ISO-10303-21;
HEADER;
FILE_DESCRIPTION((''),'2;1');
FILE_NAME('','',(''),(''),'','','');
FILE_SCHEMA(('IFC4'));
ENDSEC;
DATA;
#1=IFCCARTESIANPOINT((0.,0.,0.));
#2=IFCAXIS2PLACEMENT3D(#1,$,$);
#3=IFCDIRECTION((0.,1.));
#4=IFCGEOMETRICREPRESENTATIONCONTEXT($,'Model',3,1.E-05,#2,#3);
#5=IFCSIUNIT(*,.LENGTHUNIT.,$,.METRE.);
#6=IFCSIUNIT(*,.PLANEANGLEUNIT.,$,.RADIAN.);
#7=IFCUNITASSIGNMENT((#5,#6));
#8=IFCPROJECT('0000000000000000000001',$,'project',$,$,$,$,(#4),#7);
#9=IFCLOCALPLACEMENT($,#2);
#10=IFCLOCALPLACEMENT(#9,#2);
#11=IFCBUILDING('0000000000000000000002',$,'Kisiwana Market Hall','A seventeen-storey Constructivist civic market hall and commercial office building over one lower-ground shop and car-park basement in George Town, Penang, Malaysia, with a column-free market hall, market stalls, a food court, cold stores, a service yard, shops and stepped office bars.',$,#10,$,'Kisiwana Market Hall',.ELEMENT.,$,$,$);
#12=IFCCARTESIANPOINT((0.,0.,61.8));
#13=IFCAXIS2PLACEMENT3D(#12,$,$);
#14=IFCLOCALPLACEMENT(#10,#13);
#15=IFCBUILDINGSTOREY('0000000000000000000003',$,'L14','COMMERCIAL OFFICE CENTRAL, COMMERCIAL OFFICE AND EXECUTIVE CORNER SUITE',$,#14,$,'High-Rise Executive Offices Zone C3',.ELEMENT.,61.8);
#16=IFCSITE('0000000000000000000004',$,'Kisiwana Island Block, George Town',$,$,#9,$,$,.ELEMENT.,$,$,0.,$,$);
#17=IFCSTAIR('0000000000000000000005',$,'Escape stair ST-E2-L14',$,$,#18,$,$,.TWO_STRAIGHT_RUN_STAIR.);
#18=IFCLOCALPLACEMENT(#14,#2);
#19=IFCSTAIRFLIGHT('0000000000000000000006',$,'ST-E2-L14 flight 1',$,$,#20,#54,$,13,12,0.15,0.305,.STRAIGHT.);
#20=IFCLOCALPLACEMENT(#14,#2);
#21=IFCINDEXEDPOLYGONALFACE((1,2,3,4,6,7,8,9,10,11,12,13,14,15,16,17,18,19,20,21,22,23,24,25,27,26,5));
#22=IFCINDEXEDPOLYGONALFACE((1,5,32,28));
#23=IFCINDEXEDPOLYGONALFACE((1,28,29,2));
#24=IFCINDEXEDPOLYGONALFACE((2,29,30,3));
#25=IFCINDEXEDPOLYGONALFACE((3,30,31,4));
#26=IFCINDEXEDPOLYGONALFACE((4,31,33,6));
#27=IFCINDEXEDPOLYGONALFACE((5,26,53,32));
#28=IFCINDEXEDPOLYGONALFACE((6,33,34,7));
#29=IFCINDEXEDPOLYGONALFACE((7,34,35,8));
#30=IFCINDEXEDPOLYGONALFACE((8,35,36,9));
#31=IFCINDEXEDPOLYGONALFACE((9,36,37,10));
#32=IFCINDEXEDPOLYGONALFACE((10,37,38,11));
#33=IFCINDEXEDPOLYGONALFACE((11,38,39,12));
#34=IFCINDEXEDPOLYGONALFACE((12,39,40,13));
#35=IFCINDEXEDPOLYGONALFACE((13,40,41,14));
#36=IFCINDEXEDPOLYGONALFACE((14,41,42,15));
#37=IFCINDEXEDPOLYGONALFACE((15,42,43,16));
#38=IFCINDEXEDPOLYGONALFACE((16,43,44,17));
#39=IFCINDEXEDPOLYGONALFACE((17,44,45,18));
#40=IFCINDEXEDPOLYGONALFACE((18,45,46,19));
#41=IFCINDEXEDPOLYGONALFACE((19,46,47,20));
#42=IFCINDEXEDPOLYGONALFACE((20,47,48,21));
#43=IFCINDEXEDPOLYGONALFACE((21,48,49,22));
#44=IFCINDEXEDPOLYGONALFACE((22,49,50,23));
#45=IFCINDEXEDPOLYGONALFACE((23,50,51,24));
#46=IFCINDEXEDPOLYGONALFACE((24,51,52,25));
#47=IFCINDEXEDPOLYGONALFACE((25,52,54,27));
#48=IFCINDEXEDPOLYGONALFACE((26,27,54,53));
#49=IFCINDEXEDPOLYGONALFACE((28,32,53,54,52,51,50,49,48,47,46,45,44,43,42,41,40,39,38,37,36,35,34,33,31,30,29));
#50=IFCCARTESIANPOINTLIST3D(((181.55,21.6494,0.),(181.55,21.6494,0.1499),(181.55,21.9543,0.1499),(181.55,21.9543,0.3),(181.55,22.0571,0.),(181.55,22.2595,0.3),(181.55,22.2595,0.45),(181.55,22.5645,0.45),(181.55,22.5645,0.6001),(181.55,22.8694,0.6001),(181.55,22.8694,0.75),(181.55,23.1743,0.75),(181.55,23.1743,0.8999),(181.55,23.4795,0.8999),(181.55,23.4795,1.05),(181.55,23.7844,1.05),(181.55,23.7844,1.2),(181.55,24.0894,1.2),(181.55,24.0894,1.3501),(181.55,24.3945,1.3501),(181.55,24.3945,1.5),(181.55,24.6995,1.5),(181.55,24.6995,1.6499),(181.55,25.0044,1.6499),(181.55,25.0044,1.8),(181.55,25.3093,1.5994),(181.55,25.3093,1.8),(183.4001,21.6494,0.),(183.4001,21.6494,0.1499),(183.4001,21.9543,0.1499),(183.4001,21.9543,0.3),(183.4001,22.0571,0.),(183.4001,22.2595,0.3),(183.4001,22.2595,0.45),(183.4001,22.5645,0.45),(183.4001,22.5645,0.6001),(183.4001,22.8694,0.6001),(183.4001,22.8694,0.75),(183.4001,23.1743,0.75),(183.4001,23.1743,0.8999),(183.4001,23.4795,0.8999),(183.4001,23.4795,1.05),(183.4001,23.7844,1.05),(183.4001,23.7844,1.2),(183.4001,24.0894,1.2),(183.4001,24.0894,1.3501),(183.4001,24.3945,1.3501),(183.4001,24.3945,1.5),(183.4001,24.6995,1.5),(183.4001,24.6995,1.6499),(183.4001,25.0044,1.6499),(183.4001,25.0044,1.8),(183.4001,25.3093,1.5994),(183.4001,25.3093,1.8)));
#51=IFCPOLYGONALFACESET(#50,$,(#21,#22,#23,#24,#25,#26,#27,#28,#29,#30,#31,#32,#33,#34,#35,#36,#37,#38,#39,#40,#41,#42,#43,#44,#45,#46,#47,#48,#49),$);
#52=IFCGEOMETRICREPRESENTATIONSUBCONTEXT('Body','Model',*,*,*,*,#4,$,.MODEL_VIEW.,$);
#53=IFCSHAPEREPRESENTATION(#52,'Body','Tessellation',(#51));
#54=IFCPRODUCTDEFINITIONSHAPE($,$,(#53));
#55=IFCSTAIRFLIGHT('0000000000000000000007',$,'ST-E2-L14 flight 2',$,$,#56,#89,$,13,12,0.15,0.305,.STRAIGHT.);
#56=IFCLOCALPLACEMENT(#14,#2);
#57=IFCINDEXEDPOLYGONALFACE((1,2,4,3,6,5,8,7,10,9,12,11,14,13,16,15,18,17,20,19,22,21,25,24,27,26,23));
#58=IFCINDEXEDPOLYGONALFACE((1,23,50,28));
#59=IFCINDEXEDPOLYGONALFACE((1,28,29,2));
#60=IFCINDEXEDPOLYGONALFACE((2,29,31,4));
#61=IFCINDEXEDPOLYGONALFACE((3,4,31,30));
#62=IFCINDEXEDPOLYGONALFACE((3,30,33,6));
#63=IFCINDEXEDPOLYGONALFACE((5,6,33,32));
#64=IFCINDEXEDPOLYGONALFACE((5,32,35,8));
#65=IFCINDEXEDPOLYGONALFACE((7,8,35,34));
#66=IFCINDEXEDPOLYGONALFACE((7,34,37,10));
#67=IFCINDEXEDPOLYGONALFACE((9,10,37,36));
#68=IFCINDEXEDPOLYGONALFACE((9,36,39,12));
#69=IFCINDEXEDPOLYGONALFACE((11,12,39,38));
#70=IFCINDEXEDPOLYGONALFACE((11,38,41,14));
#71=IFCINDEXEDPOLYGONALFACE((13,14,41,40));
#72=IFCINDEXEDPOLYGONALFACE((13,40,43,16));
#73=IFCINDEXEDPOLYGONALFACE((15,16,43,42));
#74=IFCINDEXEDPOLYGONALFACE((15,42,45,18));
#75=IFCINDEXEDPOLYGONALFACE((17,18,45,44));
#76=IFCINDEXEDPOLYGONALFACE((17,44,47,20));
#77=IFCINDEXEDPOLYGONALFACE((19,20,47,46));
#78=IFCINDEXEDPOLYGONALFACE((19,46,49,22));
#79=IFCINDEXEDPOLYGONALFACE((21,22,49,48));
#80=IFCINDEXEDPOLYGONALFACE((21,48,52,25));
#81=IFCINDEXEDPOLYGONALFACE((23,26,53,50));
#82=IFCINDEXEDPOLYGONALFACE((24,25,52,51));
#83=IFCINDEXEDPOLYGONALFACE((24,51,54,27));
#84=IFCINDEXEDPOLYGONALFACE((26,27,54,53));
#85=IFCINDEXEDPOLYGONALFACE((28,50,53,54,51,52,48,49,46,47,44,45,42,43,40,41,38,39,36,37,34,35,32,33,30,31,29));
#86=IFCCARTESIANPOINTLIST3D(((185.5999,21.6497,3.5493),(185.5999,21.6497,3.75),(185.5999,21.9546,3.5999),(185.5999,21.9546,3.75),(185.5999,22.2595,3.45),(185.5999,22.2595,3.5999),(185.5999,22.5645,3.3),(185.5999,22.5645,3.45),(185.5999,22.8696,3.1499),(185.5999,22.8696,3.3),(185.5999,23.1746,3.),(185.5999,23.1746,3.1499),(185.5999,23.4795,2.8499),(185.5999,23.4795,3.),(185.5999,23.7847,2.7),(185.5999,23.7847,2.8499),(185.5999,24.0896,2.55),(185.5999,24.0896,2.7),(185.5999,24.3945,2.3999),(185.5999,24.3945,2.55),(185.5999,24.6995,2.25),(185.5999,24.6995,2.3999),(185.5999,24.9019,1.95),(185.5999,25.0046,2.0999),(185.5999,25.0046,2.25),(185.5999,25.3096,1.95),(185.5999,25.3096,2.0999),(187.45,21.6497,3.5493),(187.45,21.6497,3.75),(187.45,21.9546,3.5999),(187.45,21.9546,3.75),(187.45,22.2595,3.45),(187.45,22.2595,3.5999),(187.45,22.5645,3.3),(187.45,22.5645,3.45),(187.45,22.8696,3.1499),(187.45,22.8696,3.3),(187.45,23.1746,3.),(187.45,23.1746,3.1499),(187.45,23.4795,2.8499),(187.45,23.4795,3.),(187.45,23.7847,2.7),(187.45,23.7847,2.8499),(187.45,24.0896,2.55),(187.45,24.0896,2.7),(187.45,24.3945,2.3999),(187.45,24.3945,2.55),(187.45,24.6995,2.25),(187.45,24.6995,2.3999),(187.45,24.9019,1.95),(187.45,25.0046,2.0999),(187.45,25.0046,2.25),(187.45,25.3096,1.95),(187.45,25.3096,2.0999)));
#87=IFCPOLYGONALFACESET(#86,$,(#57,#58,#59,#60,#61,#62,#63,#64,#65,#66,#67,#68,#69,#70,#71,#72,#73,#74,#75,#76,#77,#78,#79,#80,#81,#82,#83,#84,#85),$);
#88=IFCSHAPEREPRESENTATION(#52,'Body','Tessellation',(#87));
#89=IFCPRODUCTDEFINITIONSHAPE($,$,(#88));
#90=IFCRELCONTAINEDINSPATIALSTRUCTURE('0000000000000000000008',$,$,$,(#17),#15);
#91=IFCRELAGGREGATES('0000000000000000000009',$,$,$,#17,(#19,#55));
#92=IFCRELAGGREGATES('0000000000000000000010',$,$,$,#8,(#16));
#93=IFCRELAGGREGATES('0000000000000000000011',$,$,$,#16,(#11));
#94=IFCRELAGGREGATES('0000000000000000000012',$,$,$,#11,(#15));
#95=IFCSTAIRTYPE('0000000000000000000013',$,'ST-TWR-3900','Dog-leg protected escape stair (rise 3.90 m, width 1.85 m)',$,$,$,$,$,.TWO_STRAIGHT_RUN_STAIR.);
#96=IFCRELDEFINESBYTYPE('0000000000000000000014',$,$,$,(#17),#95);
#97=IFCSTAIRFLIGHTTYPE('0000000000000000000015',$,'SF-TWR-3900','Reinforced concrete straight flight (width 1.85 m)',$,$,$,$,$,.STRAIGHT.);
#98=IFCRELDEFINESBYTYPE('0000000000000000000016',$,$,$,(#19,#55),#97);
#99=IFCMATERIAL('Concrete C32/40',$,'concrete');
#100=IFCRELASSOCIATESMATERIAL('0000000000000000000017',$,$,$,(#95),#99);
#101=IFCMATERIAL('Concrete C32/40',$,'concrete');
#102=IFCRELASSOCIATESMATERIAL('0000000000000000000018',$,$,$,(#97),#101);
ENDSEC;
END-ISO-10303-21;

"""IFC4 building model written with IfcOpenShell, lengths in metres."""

from ifc_helpers import new_model, si_unit, direction, frame, origin, place, context, subcontext, project, spatial, polyline, outline, extrude, material, type_object, element, aggregate, save


model = new_model("IFC4")

# Units and contexts
model_context = context("Model", 3, precision=1e-05, world=origin(), true_north=direction((0.0, 1.0)))
body_context = subcontext(model_context, "Body", "Model", "MODEL_VIEW")
ifc_project = project(units=[si_unit("LENGTHUNIT", "METRE"), si_unit("PLANEANGLEUNIT", "RADIAN")], contexts=[model_context])

# Site, building, storey
site_placement = place(None, origin())
site = spatial("IfcSite", under=ifc_project, at=site_placement, Name="Kisiwana Island Block, George Town", CompositionType="ELEMENT", RefElevation=0.0)
building_placement = place(site_placement, origin())
building = spatial("IfcBuilding", under=site, at=building_placement, Name="Kisiwana Market Hall", Description="A seventeen-storey Constructivist civic market hall and commercial office building over one lower-ground shop and car-park basement in George Town, Penang, Malaysia, with a column-free market hall, market stalls, a food court, cold stores, a service yard, shops and stepped office bars.", LongName="Kisiwana Market Hall", CompositionType="ELEMENT")
storey_placement = place(building_placement, frame((0.0, 0.0, 61.8)))
storey = spatial("IfcBuildingStorey", under=building, at=storey_placement, Name="L14", Description="COMMERCIAL OFFICE CENTRAL, COMMERCIAL OFFICE AND EXECUTIVE CORNER SUITE", LongName="High-Rise Executive Offices Zone C3", CompositionType="ELEMENT", Elevation=61.8)

# Stair, stair flights
ifc_material_1 = material(Name="Concrete C32/40", Category="concrete")
stair_type = type_object("IfcStairType", Name="ST-TWR-3900", Description="Dog-leg protected escape stair (rise 3.90 m, width 1.85 m)", PredefinedType="TWO_STRAIGHT_RUN_STAIR", material=ifc_material_1)
stair_placement = place(storey_placement, origin())
stair = element("IfcStair", 1, at=stair_placement, inside=storey, type_object=stair_type, Name="Escape stair ST-E2-L14", PredefinedType="TWO_STRAIGHT_RUN_STAIR")
ifc_material_2 = material(Name="Concrete C32/40", Category="concrete")
stair_flight_type = type_object("IfcStairFlightType", Name="SF-TWR-3900", Description="Reinforced concrete straight flight (width 1.85 m)", PredefinedType="STRAIGHT", material=ifc_material_2)
stair_flight_1_placement = place(storey_placement, frame((182.4751, 21.6494, 0.0), z_axis=(0.0, 0.0, 1.0), x_axis=(0.0, 1.0, 0.0)))
stair_flight_1 = element("IfcStairFlight", 2, at=stair_flight_1_placement, type_object=stair_flight_type, Name="ST-E2-L14 flight 1", NumberOfRisers=13, NumberOfTreads=12, PredefinedType="STRAIGHT", RiserHeight=0.15, TreadLength=0.305, context=body_context, shape_type="SweptSolid", body=[
    extrude(outline(polyline([(0.0, 0.0), (0.0, 0.1499), (0.3049, 0.1499), (0.3049, 0.3), (0.6101, 0.3), (0.6101, 0.45), (0.915, 0.45), (0.915, 0.6001), (1.22, 0.6001), (1.22, 0.75), (1.5249, 0.75), (1.5249, 0.8999), (1.8301, 0.8999), (1.8301, 1.05), (2.135, 1.05), (2.135, 1.2), (2.4399, 1.2), (2.4399, 1.3501), (2.7451, 1.3501), (2.7451, 1.5), (3.05, 1.5), (3.05, 1.6499), (3.355, 1.6499), (3.355, 1.8), (3.6599, 1.8), (3.6599, 1.95), (3.6599, 1.5994), (0.4077, 0.0), (0.0, 0.0)])), frame((0.0, 0.925, 0.0), z_axis=(0.0, -1.0, 0.0), x_axis=(1.0, 0.0, 0.0)), (0.0, 0.0, 1.0), 1.8501),
])
stair_flight_2_placement = place(storey_placement, frame((186.5249, 25.3096, 1.95), z_axis=(0.0, 0.0, 1.0), x_axis=(0.0, -1.0, 0.0)))
stair_flight_2 = element("IfcStairFlight", 3, at=stair_flight_2_placement, type_object=stair_flight_type, Name="ST-E2-L14 flight 2", NumberOfRisers=13, NumberOfTreads=12, PredefinedType="STRAIGHT", RiserHeight=0.15, TreadLength=0.305, context=body_context, shape_type="SweptSolid", body=[
    extrude(outline(polyline([(0.0, 0.0), (0.0, 0.1499), (0.3049, 0.1499), (0.3049, 0.3), (0.6101, 0.3), (0.6101, 0.45), (0.915, 0.45), (0.915, 0.6001), (1.22, 0.6001), (1.22, 0.75), (1.5249, 0.75), (1.5249, 0.8999), (1.8301, 0.8999), (1.8301, 1.05), (2.135, 1.05), (2.135, 1.2), (2.4399, 1.2), (2.4399, 1.3501), (2.7451, 1.3501), (2.7451, 1.5), (3.05, 1.5), (3.05, 1.6499), (3.355, 1.6499), (3.355, 1.8), (3.6599, 1.8), (3.6599, 1.95), (3.6599, 1.5994), (0.4077, 0.0), (0.0, 0.0)])), frame((0.0, 0.925, 0.0), z_axis=(0.0, -1.0, 0.0), x_axis=(1.0, 0.0, 0.0)), (0.0, 0.0, 1.0), 1.8501),
])
aggregate(stair, [stair_flight_1, stair_flight_2])

save(model, "model.ifc")
